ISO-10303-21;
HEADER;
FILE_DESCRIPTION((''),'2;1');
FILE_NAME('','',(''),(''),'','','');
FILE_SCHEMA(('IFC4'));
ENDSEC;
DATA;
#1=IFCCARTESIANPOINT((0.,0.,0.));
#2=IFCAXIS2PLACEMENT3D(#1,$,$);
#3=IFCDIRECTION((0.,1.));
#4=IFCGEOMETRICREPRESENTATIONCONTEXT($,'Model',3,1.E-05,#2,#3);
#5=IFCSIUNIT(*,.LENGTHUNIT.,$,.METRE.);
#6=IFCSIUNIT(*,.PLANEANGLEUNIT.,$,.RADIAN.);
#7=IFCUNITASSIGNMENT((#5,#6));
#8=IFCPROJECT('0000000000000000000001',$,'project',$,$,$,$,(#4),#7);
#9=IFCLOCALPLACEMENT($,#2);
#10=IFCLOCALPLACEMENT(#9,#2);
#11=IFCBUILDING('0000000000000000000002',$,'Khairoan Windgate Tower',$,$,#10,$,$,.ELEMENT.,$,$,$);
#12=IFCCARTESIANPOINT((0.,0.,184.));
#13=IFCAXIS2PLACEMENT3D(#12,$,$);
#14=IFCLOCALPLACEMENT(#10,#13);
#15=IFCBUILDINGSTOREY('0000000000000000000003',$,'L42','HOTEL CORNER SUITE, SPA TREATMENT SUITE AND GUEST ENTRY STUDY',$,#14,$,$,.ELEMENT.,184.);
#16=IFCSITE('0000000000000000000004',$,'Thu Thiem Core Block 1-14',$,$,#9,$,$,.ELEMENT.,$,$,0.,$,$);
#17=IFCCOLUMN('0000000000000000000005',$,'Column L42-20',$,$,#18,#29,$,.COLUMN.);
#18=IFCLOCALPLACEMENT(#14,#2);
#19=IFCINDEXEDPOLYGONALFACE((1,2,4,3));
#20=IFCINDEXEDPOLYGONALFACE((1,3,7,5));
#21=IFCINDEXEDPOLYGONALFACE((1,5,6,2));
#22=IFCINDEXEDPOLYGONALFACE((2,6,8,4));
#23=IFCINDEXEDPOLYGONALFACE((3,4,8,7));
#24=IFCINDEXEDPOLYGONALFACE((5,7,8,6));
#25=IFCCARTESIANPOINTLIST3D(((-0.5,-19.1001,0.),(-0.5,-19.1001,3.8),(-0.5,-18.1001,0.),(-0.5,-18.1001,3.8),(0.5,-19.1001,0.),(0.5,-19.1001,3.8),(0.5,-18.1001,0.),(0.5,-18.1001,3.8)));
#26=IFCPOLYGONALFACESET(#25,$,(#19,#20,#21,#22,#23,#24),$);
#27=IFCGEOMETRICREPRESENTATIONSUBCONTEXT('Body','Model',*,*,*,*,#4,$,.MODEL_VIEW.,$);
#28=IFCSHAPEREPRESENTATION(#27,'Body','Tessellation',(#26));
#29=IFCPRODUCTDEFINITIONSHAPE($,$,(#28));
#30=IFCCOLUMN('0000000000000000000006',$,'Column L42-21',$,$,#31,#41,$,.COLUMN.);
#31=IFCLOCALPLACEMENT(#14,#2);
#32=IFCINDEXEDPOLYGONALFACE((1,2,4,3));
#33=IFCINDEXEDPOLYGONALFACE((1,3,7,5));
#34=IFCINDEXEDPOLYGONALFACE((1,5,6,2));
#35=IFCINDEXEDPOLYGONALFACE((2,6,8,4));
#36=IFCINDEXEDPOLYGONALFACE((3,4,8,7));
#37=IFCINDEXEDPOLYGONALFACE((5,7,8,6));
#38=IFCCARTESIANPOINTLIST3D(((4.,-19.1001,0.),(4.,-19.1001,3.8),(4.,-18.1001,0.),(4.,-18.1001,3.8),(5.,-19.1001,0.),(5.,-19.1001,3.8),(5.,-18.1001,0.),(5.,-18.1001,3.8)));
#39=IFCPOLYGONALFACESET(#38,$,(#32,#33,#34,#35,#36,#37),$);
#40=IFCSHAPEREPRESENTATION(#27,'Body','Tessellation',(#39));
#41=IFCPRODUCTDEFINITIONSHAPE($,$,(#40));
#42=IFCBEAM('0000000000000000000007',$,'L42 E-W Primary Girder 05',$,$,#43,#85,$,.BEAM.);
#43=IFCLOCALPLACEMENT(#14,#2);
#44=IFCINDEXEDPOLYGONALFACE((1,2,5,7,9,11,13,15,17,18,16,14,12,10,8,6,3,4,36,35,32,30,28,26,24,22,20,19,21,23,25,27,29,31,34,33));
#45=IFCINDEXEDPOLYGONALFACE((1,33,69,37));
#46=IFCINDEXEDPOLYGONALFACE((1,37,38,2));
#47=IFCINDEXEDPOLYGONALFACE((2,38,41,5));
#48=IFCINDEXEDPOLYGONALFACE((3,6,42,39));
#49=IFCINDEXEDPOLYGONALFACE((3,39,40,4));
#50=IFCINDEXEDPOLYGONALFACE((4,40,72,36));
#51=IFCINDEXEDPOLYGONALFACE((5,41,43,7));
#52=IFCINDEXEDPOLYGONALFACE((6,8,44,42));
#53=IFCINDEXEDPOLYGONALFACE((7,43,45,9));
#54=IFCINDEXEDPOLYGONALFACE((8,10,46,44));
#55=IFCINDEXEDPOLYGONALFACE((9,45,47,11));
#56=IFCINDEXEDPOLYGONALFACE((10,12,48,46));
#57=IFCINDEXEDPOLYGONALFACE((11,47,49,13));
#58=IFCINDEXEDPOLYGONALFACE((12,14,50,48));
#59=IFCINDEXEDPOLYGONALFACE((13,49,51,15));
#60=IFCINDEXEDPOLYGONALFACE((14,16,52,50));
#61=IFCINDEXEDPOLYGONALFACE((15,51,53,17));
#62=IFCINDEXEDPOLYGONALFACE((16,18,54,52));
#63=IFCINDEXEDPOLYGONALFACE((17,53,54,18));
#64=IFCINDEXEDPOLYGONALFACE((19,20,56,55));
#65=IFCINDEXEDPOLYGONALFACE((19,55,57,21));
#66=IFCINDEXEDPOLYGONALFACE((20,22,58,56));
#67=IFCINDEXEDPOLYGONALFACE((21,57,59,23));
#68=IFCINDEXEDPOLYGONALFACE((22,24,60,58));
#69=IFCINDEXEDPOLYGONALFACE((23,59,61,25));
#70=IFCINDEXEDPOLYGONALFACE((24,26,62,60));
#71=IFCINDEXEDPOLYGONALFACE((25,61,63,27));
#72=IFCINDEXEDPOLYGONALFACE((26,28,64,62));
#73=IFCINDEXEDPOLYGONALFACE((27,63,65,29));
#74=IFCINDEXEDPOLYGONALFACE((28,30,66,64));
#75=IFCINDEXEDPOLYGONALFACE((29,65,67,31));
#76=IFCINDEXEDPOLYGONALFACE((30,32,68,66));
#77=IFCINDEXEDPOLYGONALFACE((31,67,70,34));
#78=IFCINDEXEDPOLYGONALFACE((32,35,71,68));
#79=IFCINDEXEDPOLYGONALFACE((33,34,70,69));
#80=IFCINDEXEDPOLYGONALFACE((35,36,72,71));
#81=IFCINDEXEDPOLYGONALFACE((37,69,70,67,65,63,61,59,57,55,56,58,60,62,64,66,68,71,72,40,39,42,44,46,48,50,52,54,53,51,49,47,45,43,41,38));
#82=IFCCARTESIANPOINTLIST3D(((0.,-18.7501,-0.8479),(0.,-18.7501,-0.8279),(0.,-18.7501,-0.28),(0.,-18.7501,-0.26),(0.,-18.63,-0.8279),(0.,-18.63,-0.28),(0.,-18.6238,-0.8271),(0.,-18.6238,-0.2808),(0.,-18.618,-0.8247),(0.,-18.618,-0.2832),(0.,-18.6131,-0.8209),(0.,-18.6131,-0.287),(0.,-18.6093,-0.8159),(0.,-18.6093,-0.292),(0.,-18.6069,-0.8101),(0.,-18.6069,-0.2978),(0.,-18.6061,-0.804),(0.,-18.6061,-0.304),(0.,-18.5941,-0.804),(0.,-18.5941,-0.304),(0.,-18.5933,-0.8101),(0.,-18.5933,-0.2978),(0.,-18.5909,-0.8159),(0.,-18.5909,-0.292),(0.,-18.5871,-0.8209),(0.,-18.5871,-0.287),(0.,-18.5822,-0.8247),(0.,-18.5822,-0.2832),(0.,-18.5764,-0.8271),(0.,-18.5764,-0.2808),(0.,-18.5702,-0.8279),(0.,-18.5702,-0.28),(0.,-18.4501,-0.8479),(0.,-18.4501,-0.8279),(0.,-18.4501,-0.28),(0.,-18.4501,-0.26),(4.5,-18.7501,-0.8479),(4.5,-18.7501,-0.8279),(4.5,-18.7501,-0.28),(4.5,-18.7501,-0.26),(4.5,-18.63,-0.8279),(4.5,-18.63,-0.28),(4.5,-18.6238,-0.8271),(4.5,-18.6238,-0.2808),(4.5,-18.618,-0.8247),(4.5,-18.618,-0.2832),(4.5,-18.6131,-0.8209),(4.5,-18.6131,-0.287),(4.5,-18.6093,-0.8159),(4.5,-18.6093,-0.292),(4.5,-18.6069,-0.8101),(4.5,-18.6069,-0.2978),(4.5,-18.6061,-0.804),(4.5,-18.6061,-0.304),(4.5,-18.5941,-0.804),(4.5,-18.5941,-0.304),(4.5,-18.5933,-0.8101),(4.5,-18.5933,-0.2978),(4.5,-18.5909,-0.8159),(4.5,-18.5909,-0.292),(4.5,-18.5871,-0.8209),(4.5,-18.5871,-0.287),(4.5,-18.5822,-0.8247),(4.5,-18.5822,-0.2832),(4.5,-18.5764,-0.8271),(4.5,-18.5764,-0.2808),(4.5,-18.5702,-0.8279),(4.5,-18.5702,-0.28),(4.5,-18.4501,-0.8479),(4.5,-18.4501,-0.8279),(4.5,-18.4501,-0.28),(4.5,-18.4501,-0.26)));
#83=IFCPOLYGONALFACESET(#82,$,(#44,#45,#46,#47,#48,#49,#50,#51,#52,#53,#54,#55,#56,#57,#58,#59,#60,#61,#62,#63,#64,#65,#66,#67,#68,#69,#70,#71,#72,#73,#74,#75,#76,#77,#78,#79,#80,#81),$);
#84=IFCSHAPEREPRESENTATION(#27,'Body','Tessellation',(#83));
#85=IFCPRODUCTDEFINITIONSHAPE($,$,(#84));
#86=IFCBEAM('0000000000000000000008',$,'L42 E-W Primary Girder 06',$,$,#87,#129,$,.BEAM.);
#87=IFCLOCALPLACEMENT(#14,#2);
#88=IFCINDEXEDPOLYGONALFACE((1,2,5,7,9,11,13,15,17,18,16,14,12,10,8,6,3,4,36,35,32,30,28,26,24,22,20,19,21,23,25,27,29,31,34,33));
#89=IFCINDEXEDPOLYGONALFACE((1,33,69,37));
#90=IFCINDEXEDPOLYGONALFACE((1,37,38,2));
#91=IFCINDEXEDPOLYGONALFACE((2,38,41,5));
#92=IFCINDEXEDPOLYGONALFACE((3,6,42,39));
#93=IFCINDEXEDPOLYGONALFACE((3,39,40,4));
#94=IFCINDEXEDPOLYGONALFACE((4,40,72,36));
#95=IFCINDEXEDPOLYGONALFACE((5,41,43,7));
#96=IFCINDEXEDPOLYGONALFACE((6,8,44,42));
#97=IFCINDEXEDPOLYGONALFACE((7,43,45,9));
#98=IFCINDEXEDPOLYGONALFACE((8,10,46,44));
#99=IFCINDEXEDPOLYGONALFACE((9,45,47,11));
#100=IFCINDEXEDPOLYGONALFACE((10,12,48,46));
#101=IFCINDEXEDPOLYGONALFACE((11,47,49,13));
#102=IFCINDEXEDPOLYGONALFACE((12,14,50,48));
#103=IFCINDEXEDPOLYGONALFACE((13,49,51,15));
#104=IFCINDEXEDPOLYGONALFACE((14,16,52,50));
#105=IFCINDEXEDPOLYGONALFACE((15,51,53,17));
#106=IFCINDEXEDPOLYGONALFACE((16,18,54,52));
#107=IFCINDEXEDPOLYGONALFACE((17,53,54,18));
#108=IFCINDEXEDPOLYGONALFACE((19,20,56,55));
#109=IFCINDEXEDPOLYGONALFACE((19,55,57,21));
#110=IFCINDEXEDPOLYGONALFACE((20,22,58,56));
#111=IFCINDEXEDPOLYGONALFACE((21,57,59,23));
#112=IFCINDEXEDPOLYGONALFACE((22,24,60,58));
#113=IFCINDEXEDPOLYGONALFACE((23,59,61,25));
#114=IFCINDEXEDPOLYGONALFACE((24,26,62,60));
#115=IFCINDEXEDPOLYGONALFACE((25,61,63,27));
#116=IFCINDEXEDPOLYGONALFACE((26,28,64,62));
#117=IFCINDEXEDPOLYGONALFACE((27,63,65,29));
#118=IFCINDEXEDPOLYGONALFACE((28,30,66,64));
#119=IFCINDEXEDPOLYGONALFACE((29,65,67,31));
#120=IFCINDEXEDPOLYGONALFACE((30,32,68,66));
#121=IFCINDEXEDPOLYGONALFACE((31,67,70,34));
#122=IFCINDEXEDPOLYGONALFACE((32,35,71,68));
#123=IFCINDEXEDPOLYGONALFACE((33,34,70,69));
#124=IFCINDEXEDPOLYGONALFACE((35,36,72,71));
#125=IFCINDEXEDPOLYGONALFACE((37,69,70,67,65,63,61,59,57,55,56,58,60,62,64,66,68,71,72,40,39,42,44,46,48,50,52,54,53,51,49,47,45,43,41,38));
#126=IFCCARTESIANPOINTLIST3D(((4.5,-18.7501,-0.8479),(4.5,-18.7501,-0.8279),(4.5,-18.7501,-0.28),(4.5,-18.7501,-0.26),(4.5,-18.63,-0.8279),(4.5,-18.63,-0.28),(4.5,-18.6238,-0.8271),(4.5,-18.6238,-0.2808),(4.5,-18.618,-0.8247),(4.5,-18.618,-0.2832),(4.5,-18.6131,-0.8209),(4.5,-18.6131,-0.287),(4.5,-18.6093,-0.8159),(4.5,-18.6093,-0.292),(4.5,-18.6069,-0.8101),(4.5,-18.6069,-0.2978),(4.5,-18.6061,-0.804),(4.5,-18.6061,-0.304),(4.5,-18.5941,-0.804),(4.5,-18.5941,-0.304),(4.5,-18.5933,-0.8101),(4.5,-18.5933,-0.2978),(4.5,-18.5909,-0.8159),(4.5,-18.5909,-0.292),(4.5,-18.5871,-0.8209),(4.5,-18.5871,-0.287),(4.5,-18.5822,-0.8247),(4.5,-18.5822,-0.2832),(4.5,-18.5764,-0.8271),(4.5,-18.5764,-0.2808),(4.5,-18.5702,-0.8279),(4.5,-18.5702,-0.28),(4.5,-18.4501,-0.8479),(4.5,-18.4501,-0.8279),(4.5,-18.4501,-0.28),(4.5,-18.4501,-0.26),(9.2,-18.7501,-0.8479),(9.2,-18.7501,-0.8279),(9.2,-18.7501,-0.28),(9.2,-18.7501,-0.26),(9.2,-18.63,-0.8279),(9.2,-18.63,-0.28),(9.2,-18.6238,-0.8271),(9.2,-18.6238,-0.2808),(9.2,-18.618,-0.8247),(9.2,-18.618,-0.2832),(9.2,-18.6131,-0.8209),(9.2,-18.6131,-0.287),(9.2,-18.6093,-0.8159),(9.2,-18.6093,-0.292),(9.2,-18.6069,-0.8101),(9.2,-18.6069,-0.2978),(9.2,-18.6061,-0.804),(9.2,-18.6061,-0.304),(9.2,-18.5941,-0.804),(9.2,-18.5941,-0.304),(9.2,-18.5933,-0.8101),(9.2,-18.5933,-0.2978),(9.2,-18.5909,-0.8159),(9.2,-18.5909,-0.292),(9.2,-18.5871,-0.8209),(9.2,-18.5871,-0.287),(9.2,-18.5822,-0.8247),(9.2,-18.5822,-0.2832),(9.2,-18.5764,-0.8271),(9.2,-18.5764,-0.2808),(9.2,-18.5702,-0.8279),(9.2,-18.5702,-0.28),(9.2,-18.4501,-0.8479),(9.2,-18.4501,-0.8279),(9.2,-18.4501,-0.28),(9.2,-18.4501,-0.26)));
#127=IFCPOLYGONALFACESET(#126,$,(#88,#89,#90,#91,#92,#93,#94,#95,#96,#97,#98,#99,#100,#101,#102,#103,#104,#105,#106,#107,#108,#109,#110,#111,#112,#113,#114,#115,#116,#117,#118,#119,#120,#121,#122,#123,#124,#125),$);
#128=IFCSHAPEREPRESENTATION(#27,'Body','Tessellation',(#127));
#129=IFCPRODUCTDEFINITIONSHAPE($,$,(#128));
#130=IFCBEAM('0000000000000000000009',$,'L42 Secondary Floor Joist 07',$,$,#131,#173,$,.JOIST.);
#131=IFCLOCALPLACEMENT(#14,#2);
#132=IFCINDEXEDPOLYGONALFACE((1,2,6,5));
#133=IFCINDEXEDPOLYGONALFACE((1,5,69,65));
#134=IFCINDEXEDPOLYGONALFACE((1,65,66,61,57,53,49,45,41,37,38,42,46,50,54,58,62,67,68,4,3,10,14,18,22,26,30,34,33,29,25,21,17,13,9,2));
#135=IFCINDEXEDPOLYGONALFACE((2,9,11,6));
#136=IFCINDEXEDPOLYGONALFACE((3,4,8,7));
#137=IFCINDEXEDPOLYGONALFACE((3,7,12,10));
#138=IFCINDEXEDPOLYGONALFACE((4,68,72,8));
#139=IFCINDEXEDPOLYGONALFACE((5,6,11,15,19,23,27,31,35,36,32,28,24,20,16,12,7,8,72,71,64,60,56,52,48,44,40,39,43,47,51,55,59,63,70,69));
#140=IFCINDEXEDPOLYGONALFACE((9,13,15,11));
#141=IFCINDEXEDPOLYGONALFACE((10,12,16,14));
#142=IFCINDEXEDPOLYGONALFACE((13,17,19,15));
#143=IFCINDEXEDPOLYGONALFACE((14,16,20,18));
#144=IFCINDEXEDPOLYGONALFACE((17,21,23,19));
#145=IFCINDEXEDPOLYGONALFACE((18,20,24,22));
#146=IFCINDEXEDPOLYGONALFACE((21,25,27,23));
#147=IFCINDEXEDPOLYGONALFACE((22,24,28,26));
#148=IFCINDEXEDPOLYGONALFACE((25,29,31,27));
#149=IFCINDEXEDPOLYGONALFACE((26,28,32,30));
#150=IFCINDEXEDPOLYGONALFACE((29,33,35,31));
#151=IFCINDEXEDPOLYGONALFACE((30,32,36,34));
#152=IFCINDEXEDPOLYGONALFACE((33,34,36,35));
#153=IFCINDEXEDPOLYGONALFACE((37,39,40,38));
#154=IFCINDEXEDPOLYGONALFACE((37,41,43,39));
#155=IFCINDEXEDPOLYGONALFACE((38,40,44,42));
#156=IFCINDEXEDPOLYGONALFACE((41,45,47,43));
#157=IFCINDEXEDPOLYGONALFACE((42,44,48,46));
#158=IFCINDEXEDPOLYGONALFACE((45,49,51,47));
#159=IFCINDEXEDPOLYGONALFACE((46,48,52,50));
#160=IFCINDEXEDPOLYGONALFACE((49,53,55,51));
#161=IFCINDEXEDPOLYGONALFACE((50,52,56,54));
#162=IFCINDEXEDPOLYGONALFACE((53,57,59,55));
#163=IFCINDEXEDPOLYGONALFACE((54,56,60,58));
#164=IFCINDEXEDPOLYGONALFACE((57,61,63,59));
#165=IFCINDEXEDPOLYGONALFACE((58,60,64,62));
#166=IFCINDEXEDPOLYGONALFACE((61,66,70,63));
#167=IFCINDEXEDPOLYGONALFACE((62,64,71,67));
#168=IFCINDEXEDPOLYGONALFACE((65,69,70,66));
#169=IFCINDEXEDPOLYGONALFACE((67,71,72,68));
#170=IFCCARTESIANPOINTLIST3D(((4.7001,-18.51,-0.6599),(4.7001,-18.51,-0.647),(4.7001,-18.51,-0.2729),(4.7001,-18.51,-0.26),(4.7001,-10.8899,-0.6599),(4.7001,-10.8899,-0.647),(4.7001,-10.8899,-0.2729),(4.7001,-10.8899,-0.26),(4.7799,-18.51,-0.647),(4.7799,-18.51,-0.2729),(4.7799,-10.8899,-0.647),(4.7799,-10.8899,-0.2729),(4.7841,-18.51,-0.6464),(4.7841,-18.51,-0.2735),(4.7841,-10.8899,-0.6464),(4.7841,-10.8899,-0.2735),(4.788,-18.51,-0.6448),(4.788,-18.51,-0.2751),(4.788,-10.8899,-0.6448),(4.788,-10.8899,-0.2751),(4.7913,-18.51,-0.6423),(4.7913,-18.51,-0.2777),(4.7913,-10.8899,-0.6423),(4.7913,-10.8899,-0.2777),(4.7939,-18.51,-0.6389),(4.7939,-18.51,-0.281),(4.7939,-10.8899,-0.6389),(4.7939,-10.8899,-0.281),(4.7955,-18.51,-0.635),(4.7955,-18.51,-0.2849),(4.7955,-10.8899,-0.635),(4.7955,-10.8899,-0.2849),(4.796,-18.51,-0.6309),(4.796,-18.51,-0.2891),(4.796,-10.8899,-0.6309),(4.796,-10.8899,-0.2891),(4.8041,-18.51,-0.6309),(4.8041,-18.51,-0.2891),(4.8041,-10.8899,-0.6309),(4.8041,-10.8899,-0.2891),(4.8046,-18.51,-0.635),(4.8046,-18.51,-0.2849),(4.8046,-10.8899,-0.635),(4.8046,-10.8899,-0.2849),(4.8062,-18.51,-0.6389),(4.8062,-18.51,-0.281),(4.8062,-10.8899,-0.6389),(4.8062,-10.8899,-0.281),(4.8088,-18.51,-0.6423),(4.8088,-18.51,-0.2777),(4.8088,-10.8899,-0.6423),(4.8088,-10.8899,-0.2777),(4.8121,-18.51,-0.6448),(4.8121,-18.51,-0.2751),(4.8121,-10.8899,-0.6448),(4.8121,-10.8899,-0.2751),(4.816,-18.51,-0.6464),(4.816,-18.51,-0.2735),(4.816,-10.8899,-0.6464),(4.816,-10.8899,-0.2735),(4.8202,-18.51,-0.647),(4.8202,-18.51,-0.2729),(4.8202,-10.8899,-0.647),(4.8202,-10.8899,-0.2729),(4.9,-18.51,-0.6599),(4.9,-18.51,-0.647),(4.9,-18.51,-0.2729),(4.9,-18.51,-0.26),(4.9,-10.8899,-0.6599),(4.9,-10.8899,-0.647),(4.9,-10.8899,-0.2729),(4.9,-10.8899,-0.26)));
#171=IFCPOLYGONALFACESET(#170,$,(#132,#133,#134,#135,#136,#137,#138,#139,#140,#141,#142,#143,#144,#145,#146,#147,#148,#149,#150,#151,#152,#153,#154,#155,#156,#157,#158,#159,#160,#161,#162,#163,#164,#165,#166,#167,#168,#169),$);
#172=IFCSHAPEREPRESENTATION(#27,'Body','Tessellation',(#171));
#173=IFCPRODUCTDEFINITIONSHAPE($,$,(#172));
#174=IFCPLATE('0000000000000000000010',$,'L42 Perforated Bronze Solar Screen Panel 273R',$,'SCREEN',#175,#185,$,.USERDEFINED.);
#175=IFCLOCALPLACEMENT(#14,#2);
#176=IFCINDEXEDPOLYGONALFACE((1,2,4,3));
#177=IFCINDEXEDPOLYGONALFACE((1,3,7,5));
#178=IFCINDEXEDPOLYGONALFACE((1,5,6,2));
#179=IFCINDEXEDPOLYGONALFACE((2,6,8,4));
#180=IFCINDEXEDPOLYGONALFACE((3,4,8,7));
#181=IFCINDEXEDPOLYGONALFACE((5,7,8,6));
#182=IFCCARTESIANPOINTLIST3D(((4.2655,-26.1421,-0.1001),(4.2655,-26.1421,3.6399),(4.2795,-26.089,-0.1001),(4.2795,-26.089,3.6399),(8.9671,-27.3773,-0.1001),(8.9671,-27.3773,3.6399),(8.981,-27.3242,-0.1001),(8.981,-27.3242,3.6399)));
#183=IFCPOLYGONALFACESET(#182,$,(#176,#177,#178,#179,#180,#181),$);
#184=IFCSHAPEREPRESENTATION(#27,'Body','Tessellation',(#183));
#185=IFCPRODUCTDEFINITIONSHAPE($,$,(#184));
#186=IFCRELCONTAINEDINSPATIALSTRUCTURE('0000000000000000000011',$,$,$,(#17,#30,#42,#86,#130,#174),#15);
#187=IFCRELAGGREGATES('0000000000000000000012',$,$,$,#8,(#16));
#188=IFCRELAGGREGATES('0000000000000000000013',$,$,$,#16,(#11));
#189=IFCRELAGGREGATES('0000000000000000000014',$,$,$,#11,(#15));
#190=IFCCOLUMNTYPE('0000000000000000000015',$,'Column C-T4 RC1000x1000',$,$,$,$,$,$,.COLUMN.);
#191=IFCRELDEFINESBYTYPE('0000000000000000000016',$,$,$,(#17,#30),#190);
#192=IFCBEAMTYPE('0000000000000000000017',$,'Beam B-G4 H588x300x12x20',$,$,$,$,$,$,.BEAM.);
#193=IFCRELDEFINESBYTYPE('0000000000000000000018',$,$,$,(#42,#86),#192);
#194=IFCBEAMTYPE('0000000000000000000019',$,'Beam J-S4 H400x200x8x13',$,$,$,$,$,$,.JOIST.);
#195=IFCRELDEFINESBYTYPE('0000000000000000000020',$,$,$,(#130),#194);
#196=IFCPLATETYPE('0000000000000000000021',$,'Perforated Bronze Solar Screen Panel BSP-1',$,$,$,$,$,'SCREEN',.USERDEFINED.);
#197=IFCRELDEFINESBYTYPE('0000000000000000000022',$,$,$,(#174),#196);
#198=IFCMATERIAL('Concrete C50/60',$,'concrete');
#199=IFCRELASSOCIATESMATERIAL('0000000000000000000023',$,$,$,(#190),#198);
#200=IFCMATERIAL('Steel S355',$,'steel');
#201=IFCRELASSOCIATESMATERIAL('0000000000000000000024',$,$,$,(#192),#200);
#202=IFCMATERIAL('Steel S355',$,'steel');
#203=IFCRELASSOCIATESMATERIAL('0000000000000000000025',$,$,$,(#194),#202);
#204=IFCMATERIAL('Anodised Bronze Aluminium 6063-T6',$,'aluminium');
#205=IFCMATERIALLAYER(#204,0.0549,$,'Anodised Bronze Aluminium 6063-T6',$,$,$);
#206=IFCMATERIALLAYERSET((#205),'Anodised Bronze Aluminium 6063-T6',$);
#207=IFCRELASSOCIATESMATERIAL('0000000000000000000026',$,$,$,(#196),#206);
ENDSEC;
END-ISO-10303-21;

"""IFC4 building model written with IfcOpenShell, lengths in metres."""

from ifc_helpers import new_model, si_unit, direction, frame, origin, origin_2d, place, context, subcontext, project, spatial, rectangle, i_section, extrude, material, layer, layer_set, material_profile, profile_set, type_object, element, save


model = new_model("IFC4")

# Units and contexts
model_context = context("Model", 3, precision=1e-05, world=origin(), true_north=direction((0.0, 1.0)))
body_context = subcontext(model_context, "Body", "Model", "MODEL_VIEW")
ifc_project = project(units=[si_unit("LENGTHUNIT", "METRE"), si_unit("PLANEANGLEUNIT", "RADIAN")], contexts=[model_context])

# Site, building, storey
site_placement = place(None, origin())
site = spatial("IfcSite", under=ifc_project, at=site_placement, Name="Thu Thiem Core Block 1-14", CompositionType="ELEMENT", RefElevation=0.0)
building_placement = place(site_placement, origin())
building = spatial("IfcBuilding", under=site, at=building_placement, Name="Khairoan Windgate Tower", CompositionType="ELEMENT")
storey_placement = place(building_placement, frame((0.0, 0.0, 184.0)))
storey = spatial("IfcBuildingStorey", under=building, at=storey_placement, Name="L42", Description="HOTEL CORNER SUITE, SPA TREATMENT SUITE AND GUEST ENTRY STUDY", CompositionType="ELEMENT", Elevation=184.0)

# Columns
ifc_material_1 = material(Name="Concrete C50/60", Category="concrete")
ifc_material_profile_1 = material_profile(ifc_material_1, rectangle(XDim=1.0, YDim=1.0, at=origin_2d()))
ifc_profile_set_1 = profile_set([ifc_material_profile_1], Name="Concrete C50/60")
column_type = type_object("IfcColumnType", Name="Column C-T4 RC1000x1000", PredefinedType="COLUMN", material=ifc_profile_set_1)
for number, where, z_axis, x_axis, name in (
    (1, (0.0, -18.6001, 0.0), (0.0, 0.0, 1.0), (1.0, 0.0, 0.0), "Column L42-20"),
    (2, (4.5, -18.6001, 0.0), (0.0, 0.0, 1.0), (1.0, 0.0, 0.0), "Column L42-21"),
):
    element("IfcColumn", number, at=place(storey_placement, frame(where, z_axis=z_axis, x_axis=x_axis)), inside=storey, type_object=column_type, Name=name, PredefinedType="COLUMN", context=body_context, shape_type="SweptSolid", body=[
        extrude(rectangle(XDim=1.0, YDim=1.0, at=origin_2d()), origin(), (0.0, 0.0, 1.0), 3.8),
    ])

# Beams
ifc_material_2 = material(Name="Steel S355", Category="steel")
ifc_material_profile_2 = material_profile(ifc_material_2, i_section(OverallWidth=0.3, OverallDepth=0.5879, WebThickness=0.012, FlangeThickness=0.02, FilletRadius=0.0239, at=origin_2d()))
ifc_profile_set_2 = profile_set([ifc_material_profile_2], Name="Steel S355")
beam_type_1 = type_object("IfcBeamType", Name="Beam B-G4 H588x300x12x20", PredefinedType="BEAM", material=ifc_profile_set_2)
beam_1_placement = place(storey_placement, frame((0.0, -18.6001, -0.554), z_axis=(1.0, 0.0, 0.0), x_axis=(0.0, 1.0, 0.0)))
element("IfcBeam", 3, at=beam_1_placement, inside=storey, type_object=beam_type_1, Name="L42 E-W Primary Girder 05", PredefinedType="BEAM", context=body_context, shape_type="SweptSolid", body=[
    extrude(i_section(OverallWidth=0.3, OverallDepth=0.5879, WebThickness=0.012, FlangeThickness=0.02, FilletRadius=0.0239, at=origin_2d()), origin(), (0.0, 0.0, 1.0), 4.5),
])
beam_2_placement = place(storey_placement, frame((4.5, -18.6001, -0.554), z_axis=(1.0, 0.0, 0.0), x_axis=(0.0, 1.0, 0.0)))
element("IfcBeam", 4, at=beam_2_placement, inside=storey, type_object=beam_type_1, Name="L42 E-W Primary Girder 06", PredefinedType="BEAM", context=body_context, shape_type="SweptSolid", body=[
    extrude(i_section(OverallWidth=0.3, OverallDepth=0.5879, WebThickness=0.012, FlangeThickness=0.02, FilletRadius=0.0239, at=origin_2d()), origin(), (0.0, 0.0, 1.0), 4.7),
])
ifc_material_3 = material(Name="Steel S355", Category="steel")
ifc_material_profile_3 = material_profile(ifc_material_3, i_section(OverallWidth=0.2, OverallDepth=0.3999, WebThickness=0.0081, FlangeThickness=0.0129, FilletRadius=0.0161, at=origin_2d()))
ifc_profile_set_3 = profile_set([ifc_material_profile_3], Name="Steel S355")
beam_type_2 = type_object("IfcBeamType", Name="Beam J-S4 H400x200x8x13", PredefinedType="JOIST", material=ifc_profile_set_3)
beam_3_placement = place(storey_placement, frame((4.8, -18.51, -0.46), z_axis=(0.0, 1.0, 0.0), x_axis=(-1.0, 0.0, 0.0)))
element("IfcBeam", 5, at=beam_3_placement, inside=storey, type_object=beam_type_2, Name="L42 Secondary Floor Joist 07", PredefinedType="JOIST", context=body_context, shape_type="SweptSolid", body=[
    extrude(i_section(OverallWidth=0.2, OverallDepth=0.3999, WebThickness=0.0081, FlangeThickness=0.0129, FilletRadius=0.0161, at=origin_2d()), origin(), (0.0, 0.0, 1.0), 7.6201),
])

# Plate
ifc_material_4 = material(Name="Anodised Bronze Aluminium 6063-T6", Category="aluminium")
ifc_layer_1 = layer(ifc_material_4, 0.0549, Name="Anodised Bronze Aluminium 6063-T6")
ifc_layer_set_1 = layer_set([ifc_layer_1], Name="Anodised Bronze Aluminium 6063-T6")
plate_type = type_object("IfcPlateType", Name="Perforated Bronze Solar Screen Panel BSP-1", ElementType="SCREEN", PredefinedType="USERDEFINED", material=ifc_layer_set_1)
plate_placement = place(storey_placement, frame((6.6233, -26.7332, -0.1001), z_axis=(0.0, 0.0, 1.0), x_axis=(-0.967179, 0.254096, 0.0)))
element("IfcPlate", 6, at=plate_placement, inside=storey, type_object=plate_type, Name="L42 Perforated Bronze Solar Screen Panel 273R", ObjectType="SCREEN", PredefinedType="USERDEFINED", context=body_context, shape_type="SweptSolid", body=[
    extrude(rectangle(XDim=4.8611, YDim=0.0549, at=origin_2d()), origin(), (0.0, 0.0, 1.0), 3.74),
])

save(model, "model.ifc")
